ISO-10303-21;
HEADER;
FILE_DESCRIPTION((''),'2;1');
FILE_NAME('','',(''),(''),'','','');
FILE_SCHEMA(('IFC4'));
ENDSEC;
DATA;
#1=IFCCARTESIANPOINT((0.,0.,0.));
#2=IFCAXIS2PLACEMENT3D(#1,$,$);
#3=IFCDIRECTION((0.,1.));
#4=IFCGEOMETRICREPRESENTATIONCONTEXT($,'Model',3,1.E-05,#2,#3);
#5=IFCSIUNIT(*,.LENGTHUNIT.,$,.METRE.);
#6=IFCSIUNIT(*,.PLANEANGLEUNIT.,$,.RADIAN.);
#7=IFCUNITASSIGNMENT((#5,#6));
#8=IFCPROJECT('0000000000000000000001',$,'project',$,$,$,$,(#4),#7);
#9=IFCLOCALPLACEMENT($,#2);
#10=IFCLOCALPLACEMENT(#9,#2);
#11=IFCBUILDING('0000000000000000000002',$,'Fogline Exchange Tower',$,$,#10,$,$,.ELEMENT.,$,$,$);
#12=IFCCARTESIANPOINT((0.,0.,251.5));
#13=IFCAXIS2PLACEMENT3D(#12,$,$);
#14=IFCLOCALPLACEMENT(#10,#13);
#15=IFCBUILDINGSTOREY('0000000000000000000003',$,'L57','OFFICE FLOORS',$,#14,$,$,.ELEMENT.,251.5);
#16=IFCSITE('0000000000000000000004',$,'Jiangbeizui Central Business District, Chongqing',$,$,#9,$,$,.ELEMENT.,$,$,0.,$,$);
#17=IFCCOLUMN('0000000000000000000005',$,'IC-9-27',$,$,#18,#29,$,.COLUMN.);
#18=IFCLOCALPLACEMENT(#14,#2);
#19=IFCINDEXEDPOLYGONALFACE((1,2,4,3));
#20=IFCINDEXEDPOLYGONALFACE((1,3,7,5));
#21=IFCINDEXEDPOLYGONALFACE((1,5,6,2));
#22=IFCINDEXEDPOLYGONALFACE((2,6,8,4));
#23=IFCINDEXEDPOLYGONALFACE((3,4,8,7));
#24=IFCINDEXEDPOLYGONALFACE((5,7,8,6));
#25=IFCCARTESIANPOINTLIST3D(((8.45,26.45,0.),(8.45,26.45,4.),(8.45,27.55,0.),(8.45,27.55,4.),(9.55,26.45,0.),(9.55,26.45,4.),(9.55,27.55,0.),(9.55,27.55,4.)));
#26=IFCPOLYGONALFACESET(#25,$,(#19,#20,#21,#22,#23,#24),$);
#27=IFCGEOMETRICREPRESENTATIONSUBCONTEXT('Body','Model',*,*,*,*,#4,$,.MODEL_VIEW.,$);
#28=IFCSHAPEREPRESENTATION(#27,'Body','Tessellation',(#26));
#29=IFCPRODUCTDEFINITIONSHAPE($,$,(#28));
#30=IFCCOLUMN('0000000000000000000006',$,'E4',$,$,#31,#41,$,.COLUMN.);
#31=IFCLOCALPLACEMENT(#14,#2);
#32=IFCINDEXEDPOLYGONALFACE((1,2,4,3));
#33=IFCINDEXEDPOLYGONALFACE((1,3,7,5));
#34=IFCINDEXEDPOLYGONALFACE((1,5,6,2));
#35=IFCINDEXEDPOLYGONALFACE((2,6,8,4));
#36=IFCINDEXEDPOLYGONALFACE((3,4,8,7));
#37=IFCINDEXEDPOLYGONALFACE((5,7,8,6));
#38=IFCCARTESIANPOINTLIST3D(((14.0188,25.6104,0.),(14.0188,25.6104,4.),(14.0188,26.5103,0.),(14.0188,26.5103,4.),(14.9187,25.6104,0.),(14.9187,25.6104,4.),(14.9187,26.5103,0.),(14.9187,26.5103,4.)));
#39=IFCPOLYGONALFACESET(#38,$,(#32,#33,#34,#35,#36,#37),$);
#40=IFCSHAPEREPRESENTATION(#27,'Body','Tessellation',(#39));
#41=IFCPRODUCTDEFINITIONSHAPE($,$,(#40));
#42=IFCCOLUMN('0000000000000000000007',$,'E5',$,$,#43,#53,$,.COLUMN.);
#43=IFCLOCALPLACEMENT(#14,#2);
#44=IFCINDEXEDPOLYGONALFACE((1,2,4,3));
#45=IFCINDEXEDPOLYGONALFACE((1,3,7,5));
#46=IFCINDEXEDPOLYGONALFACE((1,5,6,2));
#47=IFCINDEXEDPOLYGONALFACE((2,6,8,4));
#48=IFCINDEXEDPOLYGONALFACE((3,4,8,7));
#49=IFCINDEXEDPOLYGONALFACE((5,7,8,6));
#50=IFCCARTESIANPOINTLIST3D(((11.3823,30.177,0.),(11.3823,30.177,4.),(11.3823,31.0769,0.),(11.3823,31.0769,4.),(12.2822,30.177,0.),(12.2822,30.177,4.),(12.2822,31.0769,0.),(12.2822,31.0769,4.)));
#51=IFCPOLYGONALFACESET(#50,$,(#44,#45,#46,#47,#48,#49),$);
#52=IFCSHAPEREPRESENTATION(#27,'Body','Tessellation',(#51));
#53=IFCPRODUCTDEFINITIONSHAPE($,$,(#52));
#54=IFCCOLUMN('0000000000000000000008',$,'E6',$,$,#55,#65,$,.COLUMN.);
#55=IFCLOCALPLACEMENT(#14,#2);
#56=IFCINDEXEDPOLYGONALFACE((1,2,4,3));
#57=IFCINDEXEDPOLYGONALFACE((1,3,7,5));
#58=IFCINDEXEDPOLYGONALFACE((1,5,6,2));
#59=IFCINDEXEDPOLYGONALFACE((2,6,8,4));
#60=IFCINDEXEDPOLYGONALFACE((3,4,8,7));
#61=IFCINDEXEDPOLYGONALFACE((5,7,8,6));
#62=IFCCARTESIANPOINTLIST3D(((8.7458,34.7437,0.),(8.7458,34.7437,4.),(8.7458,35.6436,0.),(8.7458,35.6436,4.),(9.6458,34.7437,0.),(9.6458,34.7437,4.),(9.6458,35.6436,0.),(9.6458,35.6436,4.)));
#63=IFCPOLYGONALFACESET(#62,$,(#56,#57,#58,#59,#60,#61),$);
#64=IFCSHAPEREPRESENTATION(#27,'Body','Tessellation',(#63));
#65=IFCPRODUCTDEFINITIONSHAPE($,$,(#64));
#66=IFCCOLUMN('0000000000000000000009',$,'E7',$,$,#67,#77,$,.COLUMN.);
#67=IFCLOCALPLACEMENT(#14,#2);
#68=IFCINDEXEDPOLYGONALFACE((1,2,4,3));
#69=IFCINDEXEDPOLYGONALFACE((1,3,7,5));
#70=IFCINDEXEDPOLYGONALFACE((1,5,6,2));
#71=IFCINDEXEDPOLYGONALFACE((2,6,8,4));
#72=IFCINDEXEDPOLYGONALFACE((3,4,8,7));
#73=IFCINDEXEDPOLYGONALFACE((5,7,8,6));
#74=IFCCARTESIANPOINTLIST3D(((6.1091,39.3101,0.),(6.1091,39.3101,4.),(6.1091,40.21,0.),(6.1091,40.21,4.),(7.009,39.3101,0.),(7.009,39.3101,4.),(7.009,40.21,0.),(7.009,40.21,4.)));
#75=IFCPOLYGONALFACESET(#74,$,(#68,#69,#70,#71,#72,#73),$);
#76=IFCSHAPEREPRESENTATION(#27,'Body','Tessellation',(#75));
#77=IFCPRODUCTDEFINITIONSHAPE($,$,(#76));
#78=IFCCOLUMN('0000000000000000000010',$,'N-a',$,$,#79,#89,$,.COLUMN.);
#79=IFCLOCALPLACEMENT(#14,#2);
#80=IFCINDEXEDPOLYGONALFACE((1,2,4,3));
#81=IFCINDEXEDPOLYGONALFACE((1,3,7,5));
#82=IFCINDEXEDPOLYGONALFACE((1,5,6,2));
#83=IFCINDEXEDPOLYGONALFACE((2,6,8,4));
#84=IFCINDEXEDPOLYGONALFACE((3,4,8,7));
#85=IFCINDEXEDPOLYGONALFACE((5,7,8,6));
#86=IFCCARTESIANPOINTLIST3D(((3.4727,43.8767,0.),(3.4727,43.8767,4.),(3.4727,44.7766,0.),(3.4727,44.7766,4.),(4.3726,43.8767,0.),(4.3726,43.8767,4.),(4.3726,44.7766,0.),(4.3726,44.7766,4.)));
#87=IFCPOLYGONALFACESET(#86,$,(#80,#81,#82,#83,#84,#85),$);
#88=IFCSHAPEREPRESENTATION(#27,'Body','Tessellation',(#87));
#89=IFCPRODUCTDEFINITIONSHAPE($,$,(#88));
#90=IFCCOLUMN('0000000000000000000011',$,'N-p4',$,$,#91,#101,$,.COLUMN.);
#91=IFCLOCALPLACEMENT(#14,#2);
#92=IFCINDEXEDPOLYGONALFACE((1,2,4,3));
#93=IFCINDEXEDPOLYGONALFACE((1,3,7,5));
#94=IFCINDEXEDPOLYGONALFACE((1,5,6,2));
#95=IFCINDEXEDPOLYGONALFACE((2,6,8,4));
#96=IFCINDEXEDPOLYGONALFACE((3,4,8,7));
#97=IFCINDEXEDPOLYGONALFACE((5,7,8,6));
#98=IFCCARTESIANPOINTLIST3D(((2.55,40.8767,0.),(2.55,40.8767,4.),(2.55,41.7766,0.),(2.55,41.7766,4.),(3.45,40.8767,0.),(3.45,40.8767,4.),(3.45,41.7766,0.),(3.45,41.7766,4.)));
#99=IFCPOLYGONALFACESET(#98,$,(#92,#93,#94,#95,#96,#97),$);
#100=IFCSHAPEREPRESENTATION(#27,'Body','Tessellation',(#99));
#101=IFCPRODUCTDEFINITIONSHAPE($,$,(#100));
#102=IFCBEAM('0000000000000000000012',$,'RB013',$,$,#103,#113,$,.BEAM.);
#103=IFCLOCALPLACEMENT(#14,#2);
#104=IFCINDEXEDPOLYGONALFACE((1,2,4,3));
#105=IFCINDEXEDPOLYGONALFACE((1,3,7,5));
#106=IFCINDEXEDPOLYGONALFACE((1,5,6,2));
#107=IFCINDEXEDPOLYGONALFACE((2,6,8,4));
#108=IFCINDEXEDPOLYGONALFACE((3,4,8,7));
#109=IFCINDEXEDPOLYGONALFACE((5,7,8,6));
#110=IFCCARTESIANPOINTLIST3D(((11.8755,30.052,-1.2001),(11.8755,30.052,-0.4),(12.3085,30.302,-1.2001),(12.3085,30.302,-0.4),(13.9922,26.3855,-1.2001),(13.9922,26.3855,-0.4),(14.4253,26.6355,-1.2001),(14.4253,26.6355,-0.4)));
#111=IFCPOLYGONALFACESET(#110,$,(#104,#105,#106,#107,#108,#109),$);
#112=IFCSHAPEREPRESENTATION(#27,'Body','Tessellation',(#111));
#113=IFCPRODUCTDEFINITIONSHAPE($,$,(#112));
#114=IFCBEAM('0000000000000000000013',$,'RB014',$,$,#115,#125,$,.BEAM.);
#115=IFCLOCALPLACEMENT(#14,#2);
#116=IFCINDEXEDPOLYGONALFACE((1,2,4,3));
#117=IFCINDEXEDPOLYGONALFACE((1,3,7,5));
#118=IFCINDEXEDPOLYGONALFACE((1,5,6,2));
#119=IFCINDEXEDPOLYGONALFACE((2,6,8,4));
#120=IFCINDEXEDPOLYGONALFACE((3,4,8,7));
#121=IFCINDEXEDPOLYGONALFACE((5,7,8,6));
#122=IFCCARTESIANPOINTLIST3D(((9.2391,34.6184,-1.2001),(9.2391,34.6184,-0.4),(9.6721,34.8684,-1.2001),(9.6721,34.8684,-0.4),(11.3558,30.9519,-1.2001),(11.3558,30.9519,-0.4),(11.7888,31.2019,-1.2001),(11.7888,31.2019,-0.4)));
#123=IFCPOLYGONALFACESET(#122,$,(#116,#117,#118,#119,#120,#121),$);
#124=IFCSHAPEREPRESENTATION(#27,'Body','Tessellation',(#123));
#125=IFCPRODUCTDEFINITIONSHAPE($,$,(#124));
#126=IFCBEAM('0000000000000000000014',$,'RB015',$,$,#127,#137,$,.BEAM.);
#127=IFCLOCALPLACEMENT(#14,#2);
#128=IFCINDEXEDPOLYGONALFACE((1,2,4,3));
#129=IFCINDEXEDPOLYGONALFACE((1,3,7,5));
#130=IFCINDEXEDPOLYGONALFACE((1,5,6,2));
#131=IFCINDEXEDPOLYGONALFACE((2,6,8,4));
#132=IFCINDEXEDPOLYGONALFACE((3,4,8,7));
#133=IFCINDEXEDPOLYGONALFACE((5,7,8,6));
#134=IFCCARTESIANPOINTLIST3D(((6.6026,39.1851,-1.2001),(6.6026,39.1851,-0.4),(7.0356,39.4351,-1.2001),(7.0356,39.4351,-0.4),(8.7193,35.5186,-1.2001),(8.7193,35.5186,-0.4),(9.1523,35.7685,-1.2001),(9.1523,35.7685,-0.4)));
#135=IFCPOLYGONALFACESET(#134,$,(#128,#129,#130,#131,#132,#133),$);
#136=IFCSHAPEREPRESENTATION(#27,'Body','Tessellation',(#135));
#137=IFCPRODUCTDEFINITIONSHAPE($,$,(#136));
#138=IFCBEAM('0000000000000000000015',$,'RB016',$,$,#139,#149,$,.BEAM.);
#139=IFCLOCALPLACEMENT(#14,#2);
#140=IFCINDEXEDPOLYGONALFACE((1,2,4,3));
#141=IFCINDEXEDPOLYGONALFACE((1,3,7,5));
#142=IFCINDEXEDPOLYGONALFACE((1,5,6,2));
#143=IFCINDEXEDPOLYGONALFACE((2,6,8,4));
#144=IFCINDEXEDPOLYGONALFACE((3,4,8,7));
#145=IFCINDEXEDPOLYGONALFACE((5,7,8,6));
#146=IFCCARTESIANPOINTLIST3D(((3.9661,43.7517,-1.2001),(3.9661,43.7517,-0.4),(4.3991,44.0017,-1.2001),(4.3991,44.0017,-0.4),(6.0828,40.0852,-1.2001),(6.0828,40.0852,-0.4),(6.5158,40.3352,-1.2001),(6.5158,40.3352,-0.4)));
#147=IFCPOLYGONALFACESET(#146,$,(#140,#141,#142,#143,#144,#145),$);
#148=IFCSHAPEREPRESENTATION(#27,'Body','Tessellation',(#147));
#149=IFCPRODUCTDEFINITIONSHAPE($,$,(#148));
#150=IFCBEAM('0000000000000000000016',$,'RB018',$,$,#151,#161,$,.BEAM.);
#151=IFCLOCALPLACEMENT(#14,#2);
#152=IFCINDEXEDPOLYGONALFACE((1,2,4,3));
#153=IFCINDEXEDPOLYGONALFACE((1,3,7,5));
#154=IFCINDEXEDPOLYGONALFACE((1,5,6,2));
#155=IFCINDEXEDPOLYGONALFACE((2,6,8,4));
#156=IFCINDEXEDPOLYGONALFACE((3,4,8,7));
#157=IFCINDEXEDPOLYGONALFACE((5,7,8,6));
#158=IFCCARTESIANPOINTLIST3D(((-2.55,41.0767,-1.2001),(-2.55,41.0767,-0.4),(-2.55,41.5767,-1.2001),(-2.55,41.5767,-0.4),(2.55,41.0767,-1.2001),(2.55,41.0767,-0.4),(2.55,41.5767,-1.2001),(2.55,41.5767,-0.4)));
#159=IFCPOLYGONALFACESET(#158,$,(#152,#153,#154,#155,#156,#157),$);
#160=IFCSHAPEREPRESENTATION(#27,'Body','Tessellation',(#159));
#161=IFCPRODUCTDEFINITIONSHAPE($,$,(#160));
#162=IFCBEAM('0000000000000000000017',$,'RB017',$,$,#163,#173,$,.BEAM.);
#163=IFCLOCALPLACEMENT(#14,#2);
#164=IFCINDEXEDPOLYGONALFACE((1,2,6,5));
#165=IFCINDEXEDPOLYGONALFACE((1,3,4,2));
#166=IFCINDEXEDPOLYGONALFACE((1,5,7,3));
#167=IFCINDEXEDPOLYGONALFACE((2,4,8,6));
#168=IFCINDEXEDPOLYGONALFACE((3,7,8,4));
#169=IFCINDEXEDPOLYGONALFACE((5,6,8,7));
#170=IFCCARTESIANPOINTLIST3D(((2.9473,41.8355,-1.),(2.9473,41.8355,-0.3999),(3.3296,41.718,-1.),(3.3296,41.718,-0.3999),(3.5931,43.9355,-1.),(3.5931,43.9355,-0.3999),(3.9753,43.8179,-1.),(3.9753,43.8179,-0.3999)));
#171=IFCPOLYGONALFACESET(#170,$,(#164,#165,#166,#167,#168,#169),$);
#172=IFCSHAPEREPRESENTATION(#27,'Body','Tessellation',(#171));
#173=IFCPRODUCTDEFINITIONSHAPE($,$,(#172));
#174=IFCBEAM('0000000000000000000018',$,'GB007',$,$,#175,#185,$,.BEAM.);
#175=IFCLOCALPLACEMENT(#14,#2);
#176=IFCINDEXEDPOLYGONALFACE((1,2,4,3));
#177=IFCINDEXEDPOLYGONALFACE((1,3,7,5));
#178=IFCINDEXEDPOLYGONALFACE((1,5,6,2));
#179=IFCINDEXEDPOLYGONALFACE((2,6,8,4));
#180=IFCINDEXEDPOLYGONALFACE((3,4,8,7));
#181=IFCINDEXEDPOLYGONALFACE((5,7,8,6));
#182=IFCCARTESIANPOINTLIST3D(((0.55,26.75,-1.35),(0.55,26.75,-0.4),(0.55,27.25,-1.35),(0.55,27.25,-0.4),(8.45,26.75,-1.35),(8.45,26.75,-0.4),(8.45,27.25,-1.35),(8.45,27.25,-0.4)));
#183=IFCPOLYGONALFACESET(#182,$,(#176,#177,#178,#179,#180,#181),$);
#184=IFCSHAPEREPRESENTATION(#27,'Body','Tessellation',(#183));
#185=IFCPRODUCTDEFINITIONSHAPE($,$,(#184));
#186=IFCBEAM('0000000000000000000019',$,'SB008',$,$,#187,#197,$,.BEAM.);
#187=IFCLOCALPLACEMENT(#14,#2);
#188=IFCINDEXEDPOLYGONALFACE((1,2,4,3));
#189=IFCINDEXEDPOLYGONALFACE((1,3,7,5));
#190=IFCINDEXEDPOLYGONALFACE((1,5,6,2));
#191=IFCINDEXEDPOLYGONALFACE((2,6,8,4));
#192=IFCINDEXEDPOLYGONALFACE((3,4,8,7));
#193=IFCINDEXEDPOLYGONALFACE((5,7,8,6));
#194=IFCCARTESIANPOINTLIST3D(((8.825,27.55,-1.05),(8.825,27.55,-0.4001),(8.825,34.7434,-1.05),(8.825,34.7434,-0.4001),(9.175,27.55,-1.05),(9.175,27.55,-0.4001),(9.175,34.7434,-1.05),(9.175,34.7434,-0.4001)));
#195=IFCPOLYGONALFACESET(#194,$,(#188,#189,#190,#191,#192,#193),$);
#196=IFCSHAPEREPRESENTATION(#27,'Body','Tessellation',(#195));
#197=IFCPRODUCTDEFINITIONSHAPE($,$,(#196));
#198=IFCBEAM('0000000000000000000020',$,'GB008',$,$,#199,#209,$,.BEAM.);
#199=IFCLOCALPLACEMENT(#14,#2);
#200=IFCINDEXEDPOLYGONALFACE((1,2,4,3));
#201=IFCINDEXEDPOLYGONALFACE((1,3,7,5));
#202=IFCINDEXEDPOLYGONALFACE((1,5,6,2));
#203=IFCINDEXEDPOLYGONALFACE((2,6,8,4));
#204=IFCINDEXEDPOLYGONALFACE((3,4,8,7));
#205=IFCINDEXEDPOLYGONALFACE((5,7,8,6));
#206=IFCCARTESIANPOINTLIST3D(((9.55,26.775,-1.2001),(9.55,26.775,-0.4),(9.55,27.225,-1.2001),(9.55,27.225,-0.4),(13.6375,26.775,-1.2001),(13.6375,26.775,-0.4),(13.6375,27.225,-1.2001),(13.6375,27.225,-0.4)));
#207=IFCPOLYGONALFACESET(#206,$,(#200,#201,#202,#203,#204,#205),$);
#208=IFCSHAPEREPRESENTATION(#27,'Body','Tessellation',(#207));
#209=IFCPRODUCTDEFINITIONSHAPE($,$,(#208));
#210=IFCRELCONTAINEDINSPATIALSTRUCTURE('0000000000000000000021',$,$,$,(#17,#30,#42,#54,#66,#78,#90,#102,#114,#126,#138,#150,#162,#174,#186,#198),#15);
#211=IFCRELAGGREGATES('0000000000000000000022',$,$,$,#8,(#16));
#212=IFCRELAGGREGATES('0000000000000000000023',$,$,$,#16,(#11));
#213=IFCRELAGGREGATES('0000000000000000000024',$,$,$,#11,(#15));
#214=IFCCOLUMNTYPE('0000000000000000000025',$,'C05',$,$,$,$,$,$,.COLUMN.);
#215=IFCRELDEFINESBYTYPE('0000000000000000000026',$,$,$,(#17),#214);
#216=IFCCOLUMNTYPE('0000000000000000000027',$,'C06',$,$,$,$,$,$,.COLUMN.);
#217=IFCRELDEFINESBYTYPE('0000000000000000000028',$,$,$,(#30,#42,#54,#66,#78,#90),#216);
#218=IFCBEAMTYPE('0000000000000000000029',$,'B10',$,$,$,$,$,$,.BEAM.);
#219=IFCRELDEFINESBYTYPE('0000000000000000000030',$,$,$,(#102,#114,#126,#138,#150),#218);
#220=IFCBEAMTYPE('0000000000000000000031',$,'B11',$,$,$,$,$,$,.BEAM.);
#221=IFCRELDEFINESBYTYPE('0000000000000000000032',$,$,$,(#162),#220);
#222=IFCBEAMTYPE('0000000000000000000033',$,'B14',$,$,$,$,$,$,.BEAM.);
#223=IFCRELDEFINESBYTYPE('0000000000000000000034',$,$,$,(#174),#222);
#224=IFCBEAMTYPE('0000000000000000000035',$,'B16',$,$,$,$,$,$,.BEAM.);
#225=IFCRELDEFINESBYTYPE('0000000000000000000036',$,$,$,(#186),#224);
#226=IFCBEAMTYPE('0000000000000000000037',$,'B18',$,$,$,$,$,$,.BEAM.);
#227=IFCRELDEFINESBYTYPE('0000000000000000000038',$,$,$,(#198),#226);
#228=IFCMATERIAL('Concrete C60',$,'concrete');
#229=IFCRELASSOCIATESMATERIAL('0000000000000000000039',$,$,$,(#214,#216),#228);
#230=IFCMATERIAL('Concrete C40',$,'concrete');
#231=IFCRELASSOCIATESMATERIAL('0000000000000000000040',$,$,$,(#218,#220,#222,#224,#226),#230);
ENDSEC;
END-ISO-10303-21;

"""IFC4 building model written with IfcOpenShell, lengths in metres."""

from ifc_helpers import new_model, si_unit, direction, frame, origin, origin_2d, place, context, subcontext, project, spatial, rectangle, extrude, material, material_profile, profile_set, type_object, element, save


model = new_model("IFC4")

# Units and contexts
model_context = context("Model", 3, precision=1e-05, world=origin(), true_north=direction((0.0, 1.0)))
body_context = subcontext(model_context, "Body", "Model", "MODEL_VIEW")
ifc_project = project(units=[si_unit("LENGTHUNIT", "METRE"), si_unit("PLANEANGLEUNIT", "RADIAN")], contexts=[model_context])

# Site, building, storey
site_placement = place(None, origin())
site = spatial("IfcSite", under=ifc_project, at=site_placement, Name="Jiangbeizui Central Business District, Chongqing", CompositionType="ELEMENT", RefElevation=0.0)
building_placement = place(site_placement, origin())
building = spatial("IfcBuilding", under=site, at=building_placement, Name="Fogline Exchange Tower", CompositionType="ELEMENT")
storey_placement = place(building_placement, frame((0.0, 0.0, 251.5)))
storey = spatial("IfcBuildingStorey", under=building, at=storey_placement, Name="L57", Description="OFFICE FLOORS", CompositionType="ELEMENT", Elevation=251.5)

# Columns
ifc_material_1 = material(Name="Concrete C60", Category="concrete")
ifc_material_profile_1 = material_profile(ifc_material_1, rectangle(XDim=1.1001, YDim=1.1001, at=origin_2d()), Name="RC 1100x1100")
ifc_profile_set_1 = profile_set([ifc_material_profile_1], Name="Concrete C60")
column_type_1 = type_object("IfcColumnType", Name="C05", PredefinedType="COLUMN", material=ifc_profile_set_1)
column_placement = place(storey_placement, frame((9.0, 27.0, 0.0), z_axis=(0.0, 0.0, 1.0), x_axis=(1.0, 0.0, 0.0)))
element("IfcColumn", 1, at=column_placement, inside=storey, type_object=column_type_1, Name="IC-9-27", PredefinedType="COLUMN", context=body_context, shape_type="SweptSolid", body=[
    extrude(rectangle(XDim=1.1001, YDim=1.1001, at=origin_2d()), origin(), (0.0, 0.0, 1.0), 4.0),
])
ifc_material_profile_2 = material_profile(ifc_material_1, rectangle(XDim=0.8999, YDim=0.8999, at=origin_2d()), Name="RC 900x900")
ifc_profile_set_2 = profile_set([ifc_material_profile_2], Name="Concrete C60")
column_type_2 = type_object("IfcColumnType", Name="C06", PredefinedType="COLUMN", material=ifc_profile_set_2)
for number, where, z_axis, x_axis, name in (
    (2, (14.4688, 26.0603, 0.0), (0.0, 0.0, 1.0), (1.0, 0.0, 0.0), "E4"),
    (3, (11.8323, 30.627, 0.0), (0.0, 0.0, 1.0), (1.0, 0.0, 0.0), "E5"),
    (4, (9.1958, 35.1936, 0.0), (0.0, 0.0, 1.0), (1.0, 0.0, 0.0), "E6"),
    (5, (6.5591, 39.76, 0.0), (0.0, 0.0, 1.0), (1.0, 0.0, 0.0), "E7"),
    (6, (3.9226, 44.3267, 0.0), (0.0, 0.0, 1.0), (1.0, 0.0, 0.0), "N-a"),
    (7, (3.0, 41.3267, 0.0), (0.0, 0.0, 1.0), (1.0, 0.0, 0.0), "N-p4"),
):
    element("IfcColumn", number, at=place(storey_placement, frame(where, z_axis=z_axis, x_axis=x_axis)), inside=storey, type_object=column_type_2, Name=name, PredefinedType="COLUMN", context=body_context, shape_type="SweptSolid", body=[
        extrude(rectangle(XDim=0.8999, YDim=0.8999, at=origin_2d()), origin(), (0.0, 0.0, 1.0), 4.0),
    ])

# Beams
ifc_material_2 = material(Name="Concrete C40", Category="concrete")
ifc_material_profile_3 = material_profile(ifc_material_2, rectangle(XDim=0.5, YDim=0.8, at=origin_2d()), Name="RC 500x800")
ifc_profile_set_3 = profile_set([ifc_material_profile_3], Name="Concrete C40")
beam_type_1 = type_object("IfcBeamType", Name="B10", PredefinedType="BEAM", material=ifc_profile_set_3)
for number, where, z_axis, x_axis, name in (
    (8, (14.2087, 26.5105, -0.8), (-0.499972, 0.866042, 0.0), (-0.866042, -0.499972, 0.0), "RB013"),
    (9, (11.5723, 31.0769, -0.8), (-0.499972, 0.866042, 0.0), (-0.866042, -0.499972, 0.0), "RB014"),
    (10, (8.9358, 35.6436, -0.8), (-0.499972, 0.866042, 0.0), (-0.866042, -0.499972, 0.0), "RB015"),
    (11, (6.2993, 40.2102, -0.8), (-0.499972, 0.866042, 0.0), (-0.866042, -0.499972, 0.0), "RB016"),
):
    element("IfcBeam", number, at=place(storey_placement, frame(where, z_axis=z_axis, x_axis=x_axis)), inside=storey, type_object=beam_type_1, Name=name, PredefinedType="BEAM", context=body_context, shape_type="SweptSolid", body=[
        extrude(rectangle(XDim=0.5, YDim=0.8, at=origin_2d()), origin(), (0.0, 0.0, 1.0), 4.2336),
    ])
beam_1_placement = place(storey_placement, frame((2.55, 41.3267, -0.8), z_axis=(-1.0, 0.0, 0.0), x_axis=(0.0, -1.0, 0.0)))
element("IfcBeam", 12, at=beam_1_placement, inside=storey, type_object=beam_type_1, Name="RB018", PredefinedType="BEAM", context=body_context, shape_type="SweptSolid", body=[
    extrude(rectangle(XDim=0.5, YDim=0.8, at=origin_2d()), origin(), (0.0, 0.0, 1.0), 5.1001),
])
ifc_material_profile_4 = material_profile(ifc_material_2, rectangle(XDim=0.3999, YDim=0.6001, at=origin_2d()), Name="RC 400x600")
ifc_profile_set_4 = profile_set([ifc_material_profile_4], Name="Concrete C40")
beam_type_2 = type_object("IfcBeamType", Name="B11", PredefinedType="BEAM", material=ifc_profile_set_4)
beam_2_placement = place(storey_placement, frame((3.7842, 43.8767, -0.7), z_axis=(-0.293906, -0.955834, 0.0), x_axis=(0.955834, -0.293906, 0.0)))
element("IfcBeam", 13, at=beam_2_placement, inside=storey, type_object=beam_type_2, Name="RB017", PredefinedType="BEAM", context=body_context, shape_type="SweptSolid", body=[
    extrude(rectangle(XDim=0.3999, YDim=0.6001, at=origin_2d()), origin(), (0.0, 0.0, 1.0), 2.197),
])
ifc_material_profile_5 = material_profile(ifc_material_2, rectangle(XDim=0.5, YDim=0.95, at=origin_2d()), Name="RC 500x950")
ifc_profile_set_5 = profile_set([ifc_material_profile_5], Name="Concrete C40")
beam_type_3 = type_object("IfcBeamType", Name="B14", PredefinedType="BEAM", material=ifc_profile_set_5)
beam_3_placement = place(storey_placement, frame((0.55, 27.0, -0.875), z_axis=(1.0, 0.0, 0.0), x_axis=(0.0, 1.0, 0.0)))
element("IfcBeam", 14, at=beam_3_placement, inside=storey, type_object=beam_type_3, Name="GB007", PredefinedType="BEAM", context=body_context, shape_type="SweptSolid", body=[
    extrude(rectangle(XDim=0.5, YDim=0.95, at=origin_2d()), origin(), (0.0, 0.0, 1.0), 7.8999),
])
ifc_material_profile_6 = material_profile(ifc_material_2, rectangle(XDim=0.3501, YDim=0.6499, at=origin_2d()), Name="RC 350x650")
ifc_profile_set_6 = profile_set([ifc_material_profile_6], Name="Concrete C40")
beam_type_4 = type_object("IfcBeamType", Name="B16", PredefinedType="BEAM", material=ifc_profile_set_6)
beam_4_placement = place(storey_placement, frame((9.0, 27.55, -0.7251), z_axis=(0.0, 1.0, 0.0), x_axis=(-1.0, 0.0, 0.0)))
element("IfcBeam", 15, at=beam_4_placement, inside=storey, type_object=beam_type_4, Name="SB008", PredefinedType="BEAM", context=body_context, shape_type="SweptSolid", body=[
    extrude(rectangle(XDim=0.3501, YDim=0.6499, at=origin_2d()), origin(), (0.0, 0.0, 1.0), 7.1934),
])
ifc_material_profile_7 = material_profile(ifc_material_2, rectangle(XDim=0.45, YDim=0.8, at=origin_2d()), Name="RC 450x800")
ifc_profile_set_7 = profile_set([ifc_material_profile_7], Name="Concrete C40")
beam_type_5 = type_object("IfcBeamType", Name="B18", PredefinedType="BEAM", material=ifc_profile_set_7)
beam_5_placement = place(storey_placement, frame((9.55, 27.0, -0.8), z_axis=(1.0, 0.0, 0.0), x_axis=(0.0, 1.0, 0.0)))
element("IfcBeam", 16, at=beam_5_placement, inside=storey, type_object=beam_type_5, Name="GB008", PredefinedType="BEAM", context=body_context, shape_type="SweptSolid", body=[
    extrude(rectangle(XDim=0.45, YDim=0.8, at=origin_2d()), origin(), (0.0, 0.0, 1.0), 4.0874),
])

save(model, "model.ifc")
